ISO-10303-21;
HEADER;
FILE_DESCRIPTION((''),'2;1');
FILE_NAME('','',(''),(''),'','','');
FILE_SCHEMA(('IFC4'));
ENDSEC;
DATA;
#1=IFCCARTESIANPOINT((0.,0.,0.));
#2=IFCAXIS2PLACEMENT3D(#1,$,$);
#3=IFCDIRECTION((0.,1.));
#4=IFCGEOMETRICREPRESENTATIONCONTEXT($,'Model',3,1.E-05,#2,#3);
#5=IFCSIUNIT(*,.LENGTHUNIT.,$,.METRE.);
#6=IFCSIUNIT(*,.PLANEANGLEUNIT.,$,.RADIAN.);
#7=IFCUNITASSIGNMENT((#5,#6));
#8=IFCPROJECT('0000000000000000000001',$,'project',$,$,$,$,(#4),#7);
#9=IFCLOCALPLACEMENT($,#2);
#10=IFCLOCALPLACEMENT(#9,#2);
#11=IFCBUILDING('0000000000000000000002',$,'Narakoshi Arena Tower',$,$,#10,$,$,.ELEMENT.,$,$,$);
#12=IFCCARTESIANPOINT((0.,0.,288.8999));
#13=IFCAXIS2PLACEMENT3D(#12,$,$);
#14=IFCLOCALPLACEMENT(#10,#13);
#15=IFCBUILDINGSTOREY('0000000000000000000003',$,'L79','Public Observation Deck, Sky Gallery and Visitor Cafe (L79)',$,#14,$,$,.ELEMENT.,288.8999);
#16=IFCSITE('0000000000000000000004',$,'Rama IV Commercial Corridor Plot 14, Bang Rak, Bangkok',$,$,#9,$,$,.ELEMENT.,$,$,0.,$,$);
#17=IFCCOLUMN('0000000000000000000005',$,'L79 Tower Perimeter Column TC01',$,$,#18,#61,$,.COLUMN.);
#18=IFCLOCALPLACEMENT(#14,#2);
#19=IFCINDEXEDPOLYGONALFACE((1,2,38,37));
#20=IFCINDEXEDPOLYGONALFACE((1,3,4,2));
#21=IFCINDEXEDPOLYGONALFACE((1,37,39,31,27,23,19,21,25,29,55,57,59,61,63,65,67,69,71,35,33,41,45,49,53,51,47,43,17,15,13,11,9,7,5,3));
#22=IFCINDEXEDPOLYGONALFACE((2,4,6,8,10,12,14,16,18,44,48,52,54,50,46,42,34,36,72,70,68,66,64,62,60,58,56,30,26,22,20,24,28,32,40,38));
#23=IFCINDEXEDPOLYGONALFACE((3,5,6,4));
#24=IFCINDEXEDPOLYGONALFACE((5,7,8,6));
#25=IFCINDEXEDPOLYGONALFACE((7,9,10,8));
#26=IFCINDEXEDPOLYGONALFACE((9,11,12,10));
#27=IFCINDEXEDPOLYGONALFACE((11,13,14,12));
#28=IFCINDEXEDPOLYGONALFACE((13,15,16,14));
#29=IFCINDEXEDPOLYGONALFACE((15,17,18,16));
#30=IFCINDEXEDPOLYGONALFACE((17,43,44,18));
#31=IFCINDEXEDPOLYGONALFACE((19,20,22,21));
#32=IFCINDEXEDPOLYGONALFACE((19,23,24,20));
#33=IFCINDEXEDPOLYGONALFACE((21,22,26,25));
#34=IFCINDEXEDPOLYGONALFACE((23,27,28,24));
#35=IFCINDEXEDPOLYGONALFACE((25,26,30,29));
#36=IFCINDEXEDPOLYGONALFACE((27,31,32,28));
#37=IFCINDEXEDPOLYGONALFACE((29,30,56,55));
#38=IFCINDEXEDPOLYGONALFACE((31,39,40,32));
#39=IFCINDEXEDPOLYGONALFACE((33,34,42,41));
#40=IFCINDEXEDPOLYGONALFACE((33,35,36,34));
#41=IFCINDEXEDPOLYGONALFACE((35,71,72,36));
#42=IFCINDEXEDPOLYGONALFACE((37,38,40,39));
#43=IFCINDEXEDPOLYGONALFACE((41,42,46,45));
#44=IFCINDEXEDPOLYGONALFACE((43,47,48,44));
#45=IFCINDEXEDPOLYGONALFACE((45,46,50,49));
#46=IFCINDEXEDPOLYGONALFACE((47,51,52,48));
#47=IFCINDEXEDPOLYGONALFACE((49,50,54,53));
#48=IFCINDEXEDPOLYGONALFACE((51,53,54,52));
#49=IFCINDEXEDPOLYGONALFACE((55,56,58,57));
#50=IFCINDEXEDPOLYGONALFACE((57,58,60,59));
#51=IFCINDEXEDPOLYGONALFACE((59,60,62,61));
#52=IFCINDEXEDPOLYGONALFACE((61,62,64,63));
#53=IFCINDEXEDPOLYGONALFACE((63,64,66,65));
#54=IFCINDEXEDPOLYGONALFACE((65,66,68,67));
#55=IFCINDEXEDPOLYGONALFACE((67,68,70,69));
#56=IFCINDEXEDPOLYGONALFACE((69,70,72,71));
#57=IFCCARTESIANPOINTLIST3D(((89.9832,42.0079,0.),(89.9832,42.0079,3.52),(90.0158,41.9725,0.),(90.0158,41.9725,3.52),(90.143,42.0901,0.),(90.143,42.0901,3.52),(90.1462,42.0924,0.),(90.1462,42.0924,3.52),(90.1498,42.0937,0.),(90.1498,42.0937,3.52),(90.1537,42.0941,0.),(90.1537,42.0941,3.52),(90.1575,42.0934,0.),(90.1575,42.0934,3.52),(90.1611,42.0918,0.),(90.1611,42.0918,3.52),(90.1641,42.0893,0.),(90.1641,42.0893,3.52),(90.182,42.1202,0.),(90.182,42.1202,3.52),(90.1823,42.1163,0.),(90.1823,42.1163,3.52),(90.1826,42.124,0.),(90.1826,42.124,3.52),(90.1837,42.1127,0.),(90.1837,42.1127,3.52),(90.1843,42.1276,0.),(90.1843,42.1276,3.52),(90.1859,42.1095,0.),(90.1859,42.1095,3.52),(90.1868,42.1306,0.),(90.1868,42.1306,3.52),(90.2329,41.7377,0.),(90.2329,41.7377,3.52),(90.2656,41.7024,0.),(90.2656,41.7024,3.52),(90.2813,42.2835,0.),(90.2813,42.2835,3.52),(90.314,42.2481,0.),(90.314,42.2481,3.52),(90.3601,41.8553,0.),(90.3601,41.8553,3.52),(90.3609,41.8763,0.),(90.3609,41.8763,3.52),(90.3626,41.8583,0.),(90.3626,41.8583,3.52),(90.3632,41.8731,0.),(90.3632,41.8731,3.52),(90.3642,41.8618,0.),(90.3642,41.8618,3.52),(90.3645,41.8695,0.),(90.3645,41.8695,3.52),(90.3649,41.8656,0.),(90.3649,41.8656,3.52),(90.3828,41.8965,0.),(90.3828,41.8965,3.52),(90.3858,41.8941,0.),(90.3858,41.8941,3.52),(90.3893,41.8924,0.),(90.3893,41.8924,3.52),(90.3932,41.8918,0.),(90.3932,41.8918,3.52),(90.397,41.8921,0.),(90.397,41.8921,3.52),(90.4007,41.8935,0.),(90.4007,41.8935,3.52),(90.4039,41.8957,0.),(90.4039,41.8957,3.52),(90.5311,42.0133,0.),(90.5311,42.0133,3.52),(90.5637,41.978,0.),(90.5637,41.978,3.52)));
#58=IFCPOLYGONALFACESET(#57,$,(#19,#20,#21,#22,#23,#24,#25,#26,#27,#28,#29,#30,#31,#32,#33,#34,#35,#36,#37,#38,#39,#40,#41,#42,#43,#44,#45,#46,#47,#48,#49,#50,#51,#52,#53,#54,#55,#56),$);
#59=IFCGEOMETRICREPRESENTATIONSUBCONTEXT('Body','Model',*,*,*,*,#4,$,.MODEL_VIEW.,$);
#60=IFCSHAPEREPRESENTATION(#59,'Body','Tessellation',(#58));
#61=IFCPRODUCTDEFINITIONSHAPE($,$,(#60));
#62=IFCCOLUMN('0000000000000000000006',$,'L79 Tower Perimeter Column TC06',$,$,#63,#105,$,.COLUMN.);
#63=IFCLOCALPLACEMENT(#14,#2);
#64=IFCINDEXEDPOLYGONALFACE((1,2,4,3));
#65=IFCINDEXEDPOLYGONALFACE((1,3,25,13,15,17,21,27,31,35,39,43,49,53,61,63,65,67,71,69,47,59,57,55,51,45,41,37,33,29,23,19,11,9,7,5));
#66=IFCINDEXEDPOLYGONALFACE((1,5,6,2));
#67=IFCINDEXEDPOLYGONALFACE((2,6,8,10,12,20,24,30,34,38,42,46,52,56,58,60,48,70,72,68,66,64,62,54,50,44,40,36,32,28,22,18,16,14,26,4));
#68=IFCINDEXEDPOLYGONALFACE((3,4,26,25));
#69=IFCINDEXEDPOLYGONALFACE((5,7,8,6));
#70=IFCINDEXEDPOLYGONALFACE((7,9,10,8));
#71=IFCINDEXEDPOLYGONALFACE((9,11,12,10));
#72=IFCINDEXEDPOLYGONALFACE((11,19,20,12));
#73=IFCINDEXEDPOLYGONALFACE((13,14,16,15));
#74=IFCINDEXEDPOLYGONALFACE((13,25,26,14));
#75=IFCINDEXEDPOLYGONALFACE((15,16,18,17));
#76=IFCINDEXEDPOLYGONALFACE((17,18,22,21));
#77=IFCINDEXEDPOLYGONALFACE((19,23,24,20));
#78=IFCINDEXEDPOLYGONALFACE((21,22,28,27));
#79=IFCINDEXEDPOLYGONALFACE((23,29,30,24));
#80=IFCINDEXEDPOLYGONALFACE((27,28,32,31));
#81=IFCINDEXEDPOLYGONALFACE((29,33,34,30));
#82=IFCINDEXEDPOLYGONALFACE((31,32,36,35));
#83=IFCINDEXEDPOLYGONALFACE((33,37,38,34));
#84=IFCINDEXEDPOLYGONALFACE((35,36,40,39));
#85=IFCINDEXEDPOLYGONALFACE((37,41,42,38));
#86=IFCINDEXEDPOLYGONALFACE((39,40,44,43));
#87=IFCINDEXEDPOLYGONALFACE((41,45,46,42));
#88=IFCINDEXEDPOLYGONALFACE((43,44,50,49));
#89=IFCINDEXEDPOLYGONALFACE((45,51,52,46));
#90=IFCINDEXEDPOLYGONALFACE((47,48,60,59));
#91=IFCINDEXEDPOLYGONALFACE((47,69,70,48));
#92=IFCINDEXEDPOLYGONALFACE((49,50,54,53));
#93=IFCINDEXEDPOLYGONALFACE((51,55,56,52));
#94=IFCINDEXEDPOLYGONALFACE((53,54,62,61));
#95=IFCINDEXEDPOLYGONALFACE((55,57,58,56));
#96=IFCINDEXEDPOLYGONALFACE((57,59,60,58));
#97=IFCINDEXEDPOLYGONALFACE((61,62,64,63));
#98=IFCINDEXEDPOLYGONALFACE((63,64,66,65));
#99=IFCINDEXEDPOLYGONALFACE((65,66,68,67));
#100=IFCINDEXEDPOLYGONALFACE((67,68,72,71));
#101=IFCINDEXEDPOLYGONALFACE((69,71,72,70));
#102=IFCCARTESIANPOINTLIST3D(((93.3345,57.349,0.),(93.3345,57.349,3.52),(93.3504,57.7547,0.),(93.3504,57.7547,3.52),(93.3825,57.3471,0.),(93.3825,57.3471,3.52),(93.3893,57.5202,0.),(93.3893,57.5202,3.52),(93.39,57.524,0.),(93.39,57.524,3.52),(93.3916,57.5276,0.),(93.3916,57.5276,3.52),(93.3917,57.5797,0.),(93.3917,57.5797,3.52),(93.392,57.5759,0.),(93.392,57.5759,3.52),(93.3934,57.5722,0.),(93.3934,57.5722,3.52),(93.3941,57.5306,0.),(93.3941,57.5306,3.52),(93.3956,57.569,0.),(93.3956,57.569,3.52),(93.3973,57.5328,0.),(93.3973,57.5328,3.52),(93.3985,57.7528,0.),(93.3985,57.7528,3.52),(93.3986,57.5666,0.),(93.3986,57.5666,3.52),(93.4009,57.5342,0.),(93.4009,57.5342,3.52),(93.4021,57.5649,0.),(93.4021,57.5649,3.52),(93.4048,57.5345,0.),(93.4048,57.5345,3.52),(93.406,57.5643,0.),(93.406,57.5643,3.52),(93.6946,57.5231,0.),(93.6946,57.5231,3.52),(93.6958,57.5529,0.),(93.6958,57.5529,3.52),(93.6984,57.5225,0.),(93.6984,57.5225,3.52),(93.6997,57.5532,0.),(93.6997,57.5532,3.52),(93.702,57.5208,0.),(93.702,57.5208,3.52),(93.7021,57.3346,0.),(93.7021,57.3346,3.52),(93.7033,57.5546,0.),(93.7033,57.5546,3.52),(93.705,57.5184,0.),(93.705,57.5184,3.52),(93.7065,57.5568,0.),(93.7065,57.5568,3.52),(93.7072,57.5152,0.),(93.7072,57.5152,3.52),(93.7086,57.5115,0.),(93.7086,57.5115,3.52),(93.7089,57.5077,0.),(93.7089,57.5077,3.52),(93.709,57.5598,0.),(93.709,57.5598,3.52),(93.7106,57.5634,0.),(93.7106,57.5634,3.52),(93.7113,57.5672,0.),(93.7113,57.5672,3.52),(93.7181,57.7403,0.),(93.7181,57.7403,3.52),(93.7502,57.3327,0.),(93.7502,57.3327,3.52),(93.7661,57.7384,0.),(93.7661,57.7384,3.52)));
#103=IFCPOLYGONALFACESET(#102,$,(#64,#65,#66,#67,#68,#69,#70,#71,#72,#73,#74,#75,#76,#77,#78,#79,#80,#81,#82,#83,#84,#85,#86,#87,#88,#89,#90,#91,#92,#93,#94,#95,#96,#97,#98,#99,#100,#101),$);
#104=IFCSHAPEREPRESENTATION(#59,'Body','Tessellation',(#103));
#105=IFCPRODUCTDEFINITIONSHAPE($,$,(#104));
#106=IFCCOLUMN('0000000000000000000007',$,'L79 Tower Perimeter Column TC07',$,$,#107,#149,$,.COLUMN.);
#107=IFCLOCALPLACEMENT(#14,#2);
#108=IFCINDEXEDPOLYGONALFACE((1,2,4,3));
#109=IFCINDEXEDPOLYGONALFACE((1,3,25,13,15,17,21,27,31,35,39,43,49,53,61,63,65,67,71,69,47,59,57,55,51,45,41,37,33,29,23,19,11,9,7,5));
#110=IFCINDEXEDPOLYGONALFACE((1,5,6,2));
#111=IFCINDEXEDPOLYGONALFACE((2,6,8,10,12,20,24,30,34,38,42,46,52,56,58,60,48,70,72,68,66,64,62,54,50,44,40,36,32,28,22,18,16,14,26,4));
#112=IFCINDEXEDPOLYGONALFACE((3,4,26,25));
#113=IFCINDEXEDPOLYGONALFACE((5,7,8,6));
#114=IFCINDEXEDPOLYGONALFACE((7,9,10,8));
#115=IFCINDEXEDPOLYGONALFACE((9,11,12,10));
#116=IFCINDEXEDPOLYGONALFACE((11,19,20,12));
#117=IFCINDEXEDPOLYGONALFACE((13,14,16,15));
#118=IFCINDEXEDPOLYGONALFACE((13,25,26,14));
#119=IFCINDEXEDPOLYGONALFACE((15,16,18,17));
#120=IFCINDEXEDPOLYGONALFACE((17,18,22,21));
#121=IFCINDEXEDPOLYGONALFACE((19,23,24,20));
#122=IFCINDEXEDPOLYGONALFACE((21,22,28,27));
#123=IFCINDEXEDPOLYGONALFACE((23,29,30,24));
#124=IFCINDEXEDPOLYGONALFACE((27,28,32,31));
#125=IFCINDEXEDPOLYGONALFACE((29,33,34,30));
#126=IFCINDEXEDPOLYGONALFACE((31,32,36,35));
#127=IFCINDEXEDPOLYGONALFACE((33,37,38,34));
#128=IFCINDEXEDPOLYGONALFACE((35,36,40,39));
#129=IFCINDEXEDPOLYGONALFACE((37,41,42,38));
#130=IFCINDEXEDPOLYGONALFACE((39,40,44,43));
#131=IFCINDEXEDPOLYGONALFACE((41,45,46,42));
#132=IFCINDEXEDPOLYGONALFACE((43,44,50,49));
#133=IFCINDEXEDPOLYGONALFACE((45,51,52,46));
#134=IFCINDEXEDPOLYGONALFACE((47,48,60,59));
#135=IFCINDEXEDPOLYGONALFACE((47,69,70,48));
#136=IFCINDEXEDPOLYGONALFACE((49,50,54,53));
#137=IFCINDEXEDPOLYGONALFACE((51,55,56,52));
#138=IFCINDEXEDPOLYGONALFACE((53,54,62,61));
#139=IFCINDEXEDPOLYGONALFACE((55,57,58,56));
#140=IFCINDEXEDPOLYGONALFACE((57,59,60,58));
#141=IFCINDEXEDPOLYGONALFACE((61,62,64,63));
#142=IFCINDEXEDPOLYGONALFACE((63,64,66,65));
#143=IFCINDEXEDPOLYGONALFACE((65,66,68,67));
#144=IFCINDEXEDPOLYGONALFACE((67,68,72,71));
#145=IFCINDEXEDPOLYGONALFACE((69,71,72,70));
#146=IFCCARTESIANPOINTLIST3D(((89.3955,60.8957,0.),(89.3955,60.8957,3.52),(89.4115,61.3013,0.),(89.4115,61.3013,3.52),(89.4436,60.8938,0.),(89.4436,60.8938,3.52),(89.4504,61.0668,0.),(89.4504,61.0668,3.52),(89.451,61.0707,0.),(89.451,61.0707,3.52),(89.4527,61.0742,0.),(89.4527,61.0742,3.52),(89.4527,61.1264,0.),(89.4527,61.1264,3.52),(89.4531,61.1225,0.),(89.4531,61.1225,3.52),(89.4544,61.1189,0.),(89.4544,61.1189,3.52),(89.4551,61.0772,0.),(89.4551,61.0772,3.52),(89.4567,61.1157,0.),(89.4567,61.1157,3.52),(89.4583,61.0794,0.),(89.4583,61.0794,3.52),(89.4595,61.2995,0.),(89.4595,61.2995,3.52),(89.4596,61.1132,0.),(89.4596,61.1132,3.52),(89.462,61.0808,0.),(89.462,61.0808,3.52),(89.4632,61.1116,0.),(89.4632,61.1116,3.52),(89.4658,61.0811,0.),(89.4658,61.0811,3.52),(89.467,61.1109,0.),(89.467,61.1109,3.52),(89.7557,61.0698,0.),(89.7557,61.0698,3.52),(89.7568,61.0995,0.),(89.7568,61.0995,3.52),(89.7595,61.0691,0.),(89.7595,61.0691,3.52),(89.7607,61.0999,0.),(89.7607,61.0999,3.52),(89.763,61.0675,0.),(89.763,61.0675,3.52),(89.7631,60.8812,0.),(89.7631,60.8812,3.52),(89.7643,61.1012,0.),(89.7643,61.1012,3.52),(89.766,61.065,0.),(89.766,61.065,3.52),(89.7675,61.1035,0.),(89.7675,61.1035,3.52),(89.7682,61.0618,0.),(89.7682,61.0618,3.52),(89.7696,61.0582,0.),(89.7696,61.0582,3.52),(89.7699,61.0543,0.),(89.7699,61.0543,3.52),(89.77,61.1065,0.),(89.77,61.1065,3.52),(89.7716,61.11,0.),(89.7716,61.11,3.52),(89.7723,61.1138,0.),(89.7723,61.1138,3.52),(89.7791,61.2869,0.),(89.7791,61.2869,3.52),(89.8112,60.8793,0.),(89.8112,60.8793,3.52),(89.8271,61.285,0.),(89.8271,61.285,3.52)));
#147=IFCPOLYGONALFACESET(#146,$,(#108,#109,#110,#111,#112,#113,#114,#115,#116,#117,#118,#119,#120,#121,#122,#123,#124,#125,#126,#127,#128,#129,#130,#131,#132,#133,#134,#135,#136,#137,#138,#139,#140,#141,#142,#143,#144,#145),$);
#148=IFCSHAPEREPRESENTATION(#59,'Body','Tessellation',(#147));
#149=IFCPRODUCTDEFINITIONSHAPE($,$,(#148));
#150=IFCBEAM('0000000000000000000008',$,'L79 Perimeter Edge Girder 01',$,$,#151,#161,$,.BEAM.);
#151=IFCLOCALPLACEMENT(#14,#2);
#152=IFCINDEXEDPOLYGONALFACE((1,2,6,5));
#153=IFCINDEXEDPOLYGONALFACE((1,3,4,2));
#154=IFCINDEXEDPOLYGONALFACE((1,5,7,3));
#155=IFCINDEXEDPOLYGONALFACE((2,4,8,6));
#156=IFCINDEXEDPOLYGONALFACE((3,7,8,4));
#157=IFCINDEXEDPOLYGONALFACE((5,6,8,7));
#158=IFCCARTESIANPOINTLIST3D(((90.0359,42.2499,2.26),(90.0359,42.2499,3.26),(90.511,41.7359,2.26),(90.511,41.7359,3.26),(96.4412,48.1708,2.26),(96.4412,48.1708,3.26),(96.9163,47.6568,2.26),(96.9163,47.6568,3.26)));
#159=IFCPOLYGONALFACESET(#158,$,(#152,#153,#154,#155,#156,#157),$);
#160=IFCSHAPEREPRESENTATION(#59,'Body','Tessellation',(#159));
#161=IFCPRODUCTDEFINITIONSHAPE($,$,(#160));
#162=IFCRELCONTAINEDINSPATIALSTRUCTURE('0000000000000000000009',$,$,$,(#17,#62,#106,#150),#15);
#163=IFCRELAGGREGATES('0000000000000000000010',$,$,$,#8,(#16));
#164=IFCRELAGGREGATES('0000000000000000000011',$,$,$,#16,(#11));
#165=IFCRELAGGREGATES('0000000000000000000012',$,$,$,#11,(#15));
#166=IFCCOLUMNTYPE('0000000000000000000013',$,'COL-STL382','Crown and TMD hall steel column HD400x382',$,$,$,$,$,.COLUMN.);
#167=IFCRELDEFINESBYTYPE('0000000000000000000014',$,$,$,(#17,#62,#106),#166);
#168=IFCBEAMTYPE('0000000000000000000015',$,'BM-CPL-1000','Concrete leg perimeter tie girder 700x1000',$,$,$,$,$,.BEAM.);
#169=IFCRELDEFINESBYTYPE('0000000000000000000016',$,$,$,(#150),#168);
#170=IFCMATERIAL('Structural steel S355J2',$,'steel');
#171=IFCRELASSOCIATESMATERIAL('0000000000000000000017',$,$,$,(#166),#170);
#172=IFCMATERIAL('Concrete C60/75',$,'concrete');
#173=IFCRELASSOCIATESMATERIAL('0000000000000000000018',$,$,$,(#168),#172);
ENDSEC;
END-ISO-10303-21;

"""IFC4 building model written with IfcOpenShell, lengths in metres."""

from ifc_helpers import new_model, si_unit, direction, frame, origin, origin_2d, place, context, subcontext, project, spatial, rectangle, i_section, extrude, material, material_profile, profile_set, type_object, element, save


model = new_model("IFC4")

# Units and contexts
model_context = context("Model", 3, precision=1e-05, world=origin(), true_north=direction((0.0, 1.0)))
body_context = subcontext(model_context, "Body", "Model", "MODEL_VIEW")
ifc_project = project(units=[si_unit("LENGTHUNIT", "METRE"), si_unit("PLANEANGLEUNIT", "RADIAN")], contexts=[model_context])

# Site, building, storey
site_placement = place(None, origin())
site = spatial("IfcSite", under=ifc_project, at=site_placement, Name="Rama IV Commercial Corridor Plot 14, Bang Rak, Bangkok", CompositionType="ELEMENT", RefElevation=0.0)
building_placement = place(site_placement, origin())
building = spatial("IfcBuilding", under=site, at=building_placement, Name="Narakoshi Arena Tower", CompositionType="ELEMENT")
storey_placement = place(building_placement, frame((0.0, 0.0, 288.8999)))
storey = spatial("IfcBuildingStorey", under=building, at=storey_placement, Name="L79", Description="Public Observation Deck, Sky Gallery and Visitor Cafe (L79)", CompositionType="ELEMENT", Elevation=288.8999)

# Columns
ifc_material_1 = material(Name="Structural steel S355J2", Category="steel")
ifc_material_profile_1 = material_profile(ifc_material_1, i_section(OverallWidth=0.406, OverallDepth=0.416, WebThickness=0.0298, FlangeThickness=0.0481, FilletRadius=0.0149, at=origin_2d()), Name="HD400x382")
ifc_profile_set_1 = profile_set([ifc_material_profile_1], Name="Structural steel S355J2")
column_type = type_object("IfcColumnType", Name="COL-STL382", Description="Crown and TMD hall steel column HD400x382", PredefinedType="COLUMN", material=ifc_profile_set_1)
for number, where, z_axis, x_axis, name in (
    (1, (90.2734, 41.9929, 0.0), (0.0, 0.0, 1.0), (0.734323, 0.678801, 0.0), "L79 Tower Perimeter Column TC01"),
    (2, (93.5503, 57.5437, 0.0), (0.0, 0.0, 1.0), (0.03926, 0.999229, 0.0), "L79 Tower Perimeter Column TC06"),
    (3, (89.6113, 61.0903, 0.0), (0.0, 0.0, 1.0), (0.03926, 0.999229, 0.0), "L79 Tower Perimeter Column TC07"),
):
    element("IfcColumn", number, at=place(storey_placement, frame(where, z_axis=z_axis, x_axis=x_axis)), inside=storey, type_object=column_type, Name=name, PredefinedType="COLUMN", context=body_context, shape_type="SweptSolid", body=[
        extrude(i_section(OverallWidth=0.406, OverallDepth=0.416, WebThickness=0.0298, FlangeThickness=0.0481, FilletRadius=0.0149, at=origin_2d()), origin(), (0.0, 0.0, 1.0), 3.52),
    ])

# Beam
ifc_material_2 = material(Name="Concrete C60/75", Category="concrete")
ifc_material_profile_2 = material_profile(ifc_material_2, rectangle(XDim=0.7, YDim=1.0, at=origin_2d()), Name="RCB700x1000")
ifc_profile_set_2 = profile_set([ifc_material_profile_2], Name="Concrete C60/75")
beam_type_1 = type_object("IfcBeamType", Name="BM-CPL-1000", Description="Concrete leg perimeter tie girder 700x1000", PredefinedType="BEAM", material=ifc_profile_set_2)
beam_1_placement = place(storey_placement, frame((90.2734, 41.9929, 2.76), z_axis=(0.734327, 0.678796, 0.0), x_axis=(-0.678796, 0.734327, 0.0)))
element("IfcBeam", 4, at=beam_1_placement, inside=storey, type_object=beam_type_1, Name="L79 Perimeter Edge Girder 01", PredefinedType="BEAM", context=body_context, shape_type="SweptSolid", body=[
    extrude(rectangle(XDim=0.7, YDim=1.0, at=origin_2d()), origin(), (0.0, 0.0, 1.0), 8.7227),
])

save(model, "model.ifc")
